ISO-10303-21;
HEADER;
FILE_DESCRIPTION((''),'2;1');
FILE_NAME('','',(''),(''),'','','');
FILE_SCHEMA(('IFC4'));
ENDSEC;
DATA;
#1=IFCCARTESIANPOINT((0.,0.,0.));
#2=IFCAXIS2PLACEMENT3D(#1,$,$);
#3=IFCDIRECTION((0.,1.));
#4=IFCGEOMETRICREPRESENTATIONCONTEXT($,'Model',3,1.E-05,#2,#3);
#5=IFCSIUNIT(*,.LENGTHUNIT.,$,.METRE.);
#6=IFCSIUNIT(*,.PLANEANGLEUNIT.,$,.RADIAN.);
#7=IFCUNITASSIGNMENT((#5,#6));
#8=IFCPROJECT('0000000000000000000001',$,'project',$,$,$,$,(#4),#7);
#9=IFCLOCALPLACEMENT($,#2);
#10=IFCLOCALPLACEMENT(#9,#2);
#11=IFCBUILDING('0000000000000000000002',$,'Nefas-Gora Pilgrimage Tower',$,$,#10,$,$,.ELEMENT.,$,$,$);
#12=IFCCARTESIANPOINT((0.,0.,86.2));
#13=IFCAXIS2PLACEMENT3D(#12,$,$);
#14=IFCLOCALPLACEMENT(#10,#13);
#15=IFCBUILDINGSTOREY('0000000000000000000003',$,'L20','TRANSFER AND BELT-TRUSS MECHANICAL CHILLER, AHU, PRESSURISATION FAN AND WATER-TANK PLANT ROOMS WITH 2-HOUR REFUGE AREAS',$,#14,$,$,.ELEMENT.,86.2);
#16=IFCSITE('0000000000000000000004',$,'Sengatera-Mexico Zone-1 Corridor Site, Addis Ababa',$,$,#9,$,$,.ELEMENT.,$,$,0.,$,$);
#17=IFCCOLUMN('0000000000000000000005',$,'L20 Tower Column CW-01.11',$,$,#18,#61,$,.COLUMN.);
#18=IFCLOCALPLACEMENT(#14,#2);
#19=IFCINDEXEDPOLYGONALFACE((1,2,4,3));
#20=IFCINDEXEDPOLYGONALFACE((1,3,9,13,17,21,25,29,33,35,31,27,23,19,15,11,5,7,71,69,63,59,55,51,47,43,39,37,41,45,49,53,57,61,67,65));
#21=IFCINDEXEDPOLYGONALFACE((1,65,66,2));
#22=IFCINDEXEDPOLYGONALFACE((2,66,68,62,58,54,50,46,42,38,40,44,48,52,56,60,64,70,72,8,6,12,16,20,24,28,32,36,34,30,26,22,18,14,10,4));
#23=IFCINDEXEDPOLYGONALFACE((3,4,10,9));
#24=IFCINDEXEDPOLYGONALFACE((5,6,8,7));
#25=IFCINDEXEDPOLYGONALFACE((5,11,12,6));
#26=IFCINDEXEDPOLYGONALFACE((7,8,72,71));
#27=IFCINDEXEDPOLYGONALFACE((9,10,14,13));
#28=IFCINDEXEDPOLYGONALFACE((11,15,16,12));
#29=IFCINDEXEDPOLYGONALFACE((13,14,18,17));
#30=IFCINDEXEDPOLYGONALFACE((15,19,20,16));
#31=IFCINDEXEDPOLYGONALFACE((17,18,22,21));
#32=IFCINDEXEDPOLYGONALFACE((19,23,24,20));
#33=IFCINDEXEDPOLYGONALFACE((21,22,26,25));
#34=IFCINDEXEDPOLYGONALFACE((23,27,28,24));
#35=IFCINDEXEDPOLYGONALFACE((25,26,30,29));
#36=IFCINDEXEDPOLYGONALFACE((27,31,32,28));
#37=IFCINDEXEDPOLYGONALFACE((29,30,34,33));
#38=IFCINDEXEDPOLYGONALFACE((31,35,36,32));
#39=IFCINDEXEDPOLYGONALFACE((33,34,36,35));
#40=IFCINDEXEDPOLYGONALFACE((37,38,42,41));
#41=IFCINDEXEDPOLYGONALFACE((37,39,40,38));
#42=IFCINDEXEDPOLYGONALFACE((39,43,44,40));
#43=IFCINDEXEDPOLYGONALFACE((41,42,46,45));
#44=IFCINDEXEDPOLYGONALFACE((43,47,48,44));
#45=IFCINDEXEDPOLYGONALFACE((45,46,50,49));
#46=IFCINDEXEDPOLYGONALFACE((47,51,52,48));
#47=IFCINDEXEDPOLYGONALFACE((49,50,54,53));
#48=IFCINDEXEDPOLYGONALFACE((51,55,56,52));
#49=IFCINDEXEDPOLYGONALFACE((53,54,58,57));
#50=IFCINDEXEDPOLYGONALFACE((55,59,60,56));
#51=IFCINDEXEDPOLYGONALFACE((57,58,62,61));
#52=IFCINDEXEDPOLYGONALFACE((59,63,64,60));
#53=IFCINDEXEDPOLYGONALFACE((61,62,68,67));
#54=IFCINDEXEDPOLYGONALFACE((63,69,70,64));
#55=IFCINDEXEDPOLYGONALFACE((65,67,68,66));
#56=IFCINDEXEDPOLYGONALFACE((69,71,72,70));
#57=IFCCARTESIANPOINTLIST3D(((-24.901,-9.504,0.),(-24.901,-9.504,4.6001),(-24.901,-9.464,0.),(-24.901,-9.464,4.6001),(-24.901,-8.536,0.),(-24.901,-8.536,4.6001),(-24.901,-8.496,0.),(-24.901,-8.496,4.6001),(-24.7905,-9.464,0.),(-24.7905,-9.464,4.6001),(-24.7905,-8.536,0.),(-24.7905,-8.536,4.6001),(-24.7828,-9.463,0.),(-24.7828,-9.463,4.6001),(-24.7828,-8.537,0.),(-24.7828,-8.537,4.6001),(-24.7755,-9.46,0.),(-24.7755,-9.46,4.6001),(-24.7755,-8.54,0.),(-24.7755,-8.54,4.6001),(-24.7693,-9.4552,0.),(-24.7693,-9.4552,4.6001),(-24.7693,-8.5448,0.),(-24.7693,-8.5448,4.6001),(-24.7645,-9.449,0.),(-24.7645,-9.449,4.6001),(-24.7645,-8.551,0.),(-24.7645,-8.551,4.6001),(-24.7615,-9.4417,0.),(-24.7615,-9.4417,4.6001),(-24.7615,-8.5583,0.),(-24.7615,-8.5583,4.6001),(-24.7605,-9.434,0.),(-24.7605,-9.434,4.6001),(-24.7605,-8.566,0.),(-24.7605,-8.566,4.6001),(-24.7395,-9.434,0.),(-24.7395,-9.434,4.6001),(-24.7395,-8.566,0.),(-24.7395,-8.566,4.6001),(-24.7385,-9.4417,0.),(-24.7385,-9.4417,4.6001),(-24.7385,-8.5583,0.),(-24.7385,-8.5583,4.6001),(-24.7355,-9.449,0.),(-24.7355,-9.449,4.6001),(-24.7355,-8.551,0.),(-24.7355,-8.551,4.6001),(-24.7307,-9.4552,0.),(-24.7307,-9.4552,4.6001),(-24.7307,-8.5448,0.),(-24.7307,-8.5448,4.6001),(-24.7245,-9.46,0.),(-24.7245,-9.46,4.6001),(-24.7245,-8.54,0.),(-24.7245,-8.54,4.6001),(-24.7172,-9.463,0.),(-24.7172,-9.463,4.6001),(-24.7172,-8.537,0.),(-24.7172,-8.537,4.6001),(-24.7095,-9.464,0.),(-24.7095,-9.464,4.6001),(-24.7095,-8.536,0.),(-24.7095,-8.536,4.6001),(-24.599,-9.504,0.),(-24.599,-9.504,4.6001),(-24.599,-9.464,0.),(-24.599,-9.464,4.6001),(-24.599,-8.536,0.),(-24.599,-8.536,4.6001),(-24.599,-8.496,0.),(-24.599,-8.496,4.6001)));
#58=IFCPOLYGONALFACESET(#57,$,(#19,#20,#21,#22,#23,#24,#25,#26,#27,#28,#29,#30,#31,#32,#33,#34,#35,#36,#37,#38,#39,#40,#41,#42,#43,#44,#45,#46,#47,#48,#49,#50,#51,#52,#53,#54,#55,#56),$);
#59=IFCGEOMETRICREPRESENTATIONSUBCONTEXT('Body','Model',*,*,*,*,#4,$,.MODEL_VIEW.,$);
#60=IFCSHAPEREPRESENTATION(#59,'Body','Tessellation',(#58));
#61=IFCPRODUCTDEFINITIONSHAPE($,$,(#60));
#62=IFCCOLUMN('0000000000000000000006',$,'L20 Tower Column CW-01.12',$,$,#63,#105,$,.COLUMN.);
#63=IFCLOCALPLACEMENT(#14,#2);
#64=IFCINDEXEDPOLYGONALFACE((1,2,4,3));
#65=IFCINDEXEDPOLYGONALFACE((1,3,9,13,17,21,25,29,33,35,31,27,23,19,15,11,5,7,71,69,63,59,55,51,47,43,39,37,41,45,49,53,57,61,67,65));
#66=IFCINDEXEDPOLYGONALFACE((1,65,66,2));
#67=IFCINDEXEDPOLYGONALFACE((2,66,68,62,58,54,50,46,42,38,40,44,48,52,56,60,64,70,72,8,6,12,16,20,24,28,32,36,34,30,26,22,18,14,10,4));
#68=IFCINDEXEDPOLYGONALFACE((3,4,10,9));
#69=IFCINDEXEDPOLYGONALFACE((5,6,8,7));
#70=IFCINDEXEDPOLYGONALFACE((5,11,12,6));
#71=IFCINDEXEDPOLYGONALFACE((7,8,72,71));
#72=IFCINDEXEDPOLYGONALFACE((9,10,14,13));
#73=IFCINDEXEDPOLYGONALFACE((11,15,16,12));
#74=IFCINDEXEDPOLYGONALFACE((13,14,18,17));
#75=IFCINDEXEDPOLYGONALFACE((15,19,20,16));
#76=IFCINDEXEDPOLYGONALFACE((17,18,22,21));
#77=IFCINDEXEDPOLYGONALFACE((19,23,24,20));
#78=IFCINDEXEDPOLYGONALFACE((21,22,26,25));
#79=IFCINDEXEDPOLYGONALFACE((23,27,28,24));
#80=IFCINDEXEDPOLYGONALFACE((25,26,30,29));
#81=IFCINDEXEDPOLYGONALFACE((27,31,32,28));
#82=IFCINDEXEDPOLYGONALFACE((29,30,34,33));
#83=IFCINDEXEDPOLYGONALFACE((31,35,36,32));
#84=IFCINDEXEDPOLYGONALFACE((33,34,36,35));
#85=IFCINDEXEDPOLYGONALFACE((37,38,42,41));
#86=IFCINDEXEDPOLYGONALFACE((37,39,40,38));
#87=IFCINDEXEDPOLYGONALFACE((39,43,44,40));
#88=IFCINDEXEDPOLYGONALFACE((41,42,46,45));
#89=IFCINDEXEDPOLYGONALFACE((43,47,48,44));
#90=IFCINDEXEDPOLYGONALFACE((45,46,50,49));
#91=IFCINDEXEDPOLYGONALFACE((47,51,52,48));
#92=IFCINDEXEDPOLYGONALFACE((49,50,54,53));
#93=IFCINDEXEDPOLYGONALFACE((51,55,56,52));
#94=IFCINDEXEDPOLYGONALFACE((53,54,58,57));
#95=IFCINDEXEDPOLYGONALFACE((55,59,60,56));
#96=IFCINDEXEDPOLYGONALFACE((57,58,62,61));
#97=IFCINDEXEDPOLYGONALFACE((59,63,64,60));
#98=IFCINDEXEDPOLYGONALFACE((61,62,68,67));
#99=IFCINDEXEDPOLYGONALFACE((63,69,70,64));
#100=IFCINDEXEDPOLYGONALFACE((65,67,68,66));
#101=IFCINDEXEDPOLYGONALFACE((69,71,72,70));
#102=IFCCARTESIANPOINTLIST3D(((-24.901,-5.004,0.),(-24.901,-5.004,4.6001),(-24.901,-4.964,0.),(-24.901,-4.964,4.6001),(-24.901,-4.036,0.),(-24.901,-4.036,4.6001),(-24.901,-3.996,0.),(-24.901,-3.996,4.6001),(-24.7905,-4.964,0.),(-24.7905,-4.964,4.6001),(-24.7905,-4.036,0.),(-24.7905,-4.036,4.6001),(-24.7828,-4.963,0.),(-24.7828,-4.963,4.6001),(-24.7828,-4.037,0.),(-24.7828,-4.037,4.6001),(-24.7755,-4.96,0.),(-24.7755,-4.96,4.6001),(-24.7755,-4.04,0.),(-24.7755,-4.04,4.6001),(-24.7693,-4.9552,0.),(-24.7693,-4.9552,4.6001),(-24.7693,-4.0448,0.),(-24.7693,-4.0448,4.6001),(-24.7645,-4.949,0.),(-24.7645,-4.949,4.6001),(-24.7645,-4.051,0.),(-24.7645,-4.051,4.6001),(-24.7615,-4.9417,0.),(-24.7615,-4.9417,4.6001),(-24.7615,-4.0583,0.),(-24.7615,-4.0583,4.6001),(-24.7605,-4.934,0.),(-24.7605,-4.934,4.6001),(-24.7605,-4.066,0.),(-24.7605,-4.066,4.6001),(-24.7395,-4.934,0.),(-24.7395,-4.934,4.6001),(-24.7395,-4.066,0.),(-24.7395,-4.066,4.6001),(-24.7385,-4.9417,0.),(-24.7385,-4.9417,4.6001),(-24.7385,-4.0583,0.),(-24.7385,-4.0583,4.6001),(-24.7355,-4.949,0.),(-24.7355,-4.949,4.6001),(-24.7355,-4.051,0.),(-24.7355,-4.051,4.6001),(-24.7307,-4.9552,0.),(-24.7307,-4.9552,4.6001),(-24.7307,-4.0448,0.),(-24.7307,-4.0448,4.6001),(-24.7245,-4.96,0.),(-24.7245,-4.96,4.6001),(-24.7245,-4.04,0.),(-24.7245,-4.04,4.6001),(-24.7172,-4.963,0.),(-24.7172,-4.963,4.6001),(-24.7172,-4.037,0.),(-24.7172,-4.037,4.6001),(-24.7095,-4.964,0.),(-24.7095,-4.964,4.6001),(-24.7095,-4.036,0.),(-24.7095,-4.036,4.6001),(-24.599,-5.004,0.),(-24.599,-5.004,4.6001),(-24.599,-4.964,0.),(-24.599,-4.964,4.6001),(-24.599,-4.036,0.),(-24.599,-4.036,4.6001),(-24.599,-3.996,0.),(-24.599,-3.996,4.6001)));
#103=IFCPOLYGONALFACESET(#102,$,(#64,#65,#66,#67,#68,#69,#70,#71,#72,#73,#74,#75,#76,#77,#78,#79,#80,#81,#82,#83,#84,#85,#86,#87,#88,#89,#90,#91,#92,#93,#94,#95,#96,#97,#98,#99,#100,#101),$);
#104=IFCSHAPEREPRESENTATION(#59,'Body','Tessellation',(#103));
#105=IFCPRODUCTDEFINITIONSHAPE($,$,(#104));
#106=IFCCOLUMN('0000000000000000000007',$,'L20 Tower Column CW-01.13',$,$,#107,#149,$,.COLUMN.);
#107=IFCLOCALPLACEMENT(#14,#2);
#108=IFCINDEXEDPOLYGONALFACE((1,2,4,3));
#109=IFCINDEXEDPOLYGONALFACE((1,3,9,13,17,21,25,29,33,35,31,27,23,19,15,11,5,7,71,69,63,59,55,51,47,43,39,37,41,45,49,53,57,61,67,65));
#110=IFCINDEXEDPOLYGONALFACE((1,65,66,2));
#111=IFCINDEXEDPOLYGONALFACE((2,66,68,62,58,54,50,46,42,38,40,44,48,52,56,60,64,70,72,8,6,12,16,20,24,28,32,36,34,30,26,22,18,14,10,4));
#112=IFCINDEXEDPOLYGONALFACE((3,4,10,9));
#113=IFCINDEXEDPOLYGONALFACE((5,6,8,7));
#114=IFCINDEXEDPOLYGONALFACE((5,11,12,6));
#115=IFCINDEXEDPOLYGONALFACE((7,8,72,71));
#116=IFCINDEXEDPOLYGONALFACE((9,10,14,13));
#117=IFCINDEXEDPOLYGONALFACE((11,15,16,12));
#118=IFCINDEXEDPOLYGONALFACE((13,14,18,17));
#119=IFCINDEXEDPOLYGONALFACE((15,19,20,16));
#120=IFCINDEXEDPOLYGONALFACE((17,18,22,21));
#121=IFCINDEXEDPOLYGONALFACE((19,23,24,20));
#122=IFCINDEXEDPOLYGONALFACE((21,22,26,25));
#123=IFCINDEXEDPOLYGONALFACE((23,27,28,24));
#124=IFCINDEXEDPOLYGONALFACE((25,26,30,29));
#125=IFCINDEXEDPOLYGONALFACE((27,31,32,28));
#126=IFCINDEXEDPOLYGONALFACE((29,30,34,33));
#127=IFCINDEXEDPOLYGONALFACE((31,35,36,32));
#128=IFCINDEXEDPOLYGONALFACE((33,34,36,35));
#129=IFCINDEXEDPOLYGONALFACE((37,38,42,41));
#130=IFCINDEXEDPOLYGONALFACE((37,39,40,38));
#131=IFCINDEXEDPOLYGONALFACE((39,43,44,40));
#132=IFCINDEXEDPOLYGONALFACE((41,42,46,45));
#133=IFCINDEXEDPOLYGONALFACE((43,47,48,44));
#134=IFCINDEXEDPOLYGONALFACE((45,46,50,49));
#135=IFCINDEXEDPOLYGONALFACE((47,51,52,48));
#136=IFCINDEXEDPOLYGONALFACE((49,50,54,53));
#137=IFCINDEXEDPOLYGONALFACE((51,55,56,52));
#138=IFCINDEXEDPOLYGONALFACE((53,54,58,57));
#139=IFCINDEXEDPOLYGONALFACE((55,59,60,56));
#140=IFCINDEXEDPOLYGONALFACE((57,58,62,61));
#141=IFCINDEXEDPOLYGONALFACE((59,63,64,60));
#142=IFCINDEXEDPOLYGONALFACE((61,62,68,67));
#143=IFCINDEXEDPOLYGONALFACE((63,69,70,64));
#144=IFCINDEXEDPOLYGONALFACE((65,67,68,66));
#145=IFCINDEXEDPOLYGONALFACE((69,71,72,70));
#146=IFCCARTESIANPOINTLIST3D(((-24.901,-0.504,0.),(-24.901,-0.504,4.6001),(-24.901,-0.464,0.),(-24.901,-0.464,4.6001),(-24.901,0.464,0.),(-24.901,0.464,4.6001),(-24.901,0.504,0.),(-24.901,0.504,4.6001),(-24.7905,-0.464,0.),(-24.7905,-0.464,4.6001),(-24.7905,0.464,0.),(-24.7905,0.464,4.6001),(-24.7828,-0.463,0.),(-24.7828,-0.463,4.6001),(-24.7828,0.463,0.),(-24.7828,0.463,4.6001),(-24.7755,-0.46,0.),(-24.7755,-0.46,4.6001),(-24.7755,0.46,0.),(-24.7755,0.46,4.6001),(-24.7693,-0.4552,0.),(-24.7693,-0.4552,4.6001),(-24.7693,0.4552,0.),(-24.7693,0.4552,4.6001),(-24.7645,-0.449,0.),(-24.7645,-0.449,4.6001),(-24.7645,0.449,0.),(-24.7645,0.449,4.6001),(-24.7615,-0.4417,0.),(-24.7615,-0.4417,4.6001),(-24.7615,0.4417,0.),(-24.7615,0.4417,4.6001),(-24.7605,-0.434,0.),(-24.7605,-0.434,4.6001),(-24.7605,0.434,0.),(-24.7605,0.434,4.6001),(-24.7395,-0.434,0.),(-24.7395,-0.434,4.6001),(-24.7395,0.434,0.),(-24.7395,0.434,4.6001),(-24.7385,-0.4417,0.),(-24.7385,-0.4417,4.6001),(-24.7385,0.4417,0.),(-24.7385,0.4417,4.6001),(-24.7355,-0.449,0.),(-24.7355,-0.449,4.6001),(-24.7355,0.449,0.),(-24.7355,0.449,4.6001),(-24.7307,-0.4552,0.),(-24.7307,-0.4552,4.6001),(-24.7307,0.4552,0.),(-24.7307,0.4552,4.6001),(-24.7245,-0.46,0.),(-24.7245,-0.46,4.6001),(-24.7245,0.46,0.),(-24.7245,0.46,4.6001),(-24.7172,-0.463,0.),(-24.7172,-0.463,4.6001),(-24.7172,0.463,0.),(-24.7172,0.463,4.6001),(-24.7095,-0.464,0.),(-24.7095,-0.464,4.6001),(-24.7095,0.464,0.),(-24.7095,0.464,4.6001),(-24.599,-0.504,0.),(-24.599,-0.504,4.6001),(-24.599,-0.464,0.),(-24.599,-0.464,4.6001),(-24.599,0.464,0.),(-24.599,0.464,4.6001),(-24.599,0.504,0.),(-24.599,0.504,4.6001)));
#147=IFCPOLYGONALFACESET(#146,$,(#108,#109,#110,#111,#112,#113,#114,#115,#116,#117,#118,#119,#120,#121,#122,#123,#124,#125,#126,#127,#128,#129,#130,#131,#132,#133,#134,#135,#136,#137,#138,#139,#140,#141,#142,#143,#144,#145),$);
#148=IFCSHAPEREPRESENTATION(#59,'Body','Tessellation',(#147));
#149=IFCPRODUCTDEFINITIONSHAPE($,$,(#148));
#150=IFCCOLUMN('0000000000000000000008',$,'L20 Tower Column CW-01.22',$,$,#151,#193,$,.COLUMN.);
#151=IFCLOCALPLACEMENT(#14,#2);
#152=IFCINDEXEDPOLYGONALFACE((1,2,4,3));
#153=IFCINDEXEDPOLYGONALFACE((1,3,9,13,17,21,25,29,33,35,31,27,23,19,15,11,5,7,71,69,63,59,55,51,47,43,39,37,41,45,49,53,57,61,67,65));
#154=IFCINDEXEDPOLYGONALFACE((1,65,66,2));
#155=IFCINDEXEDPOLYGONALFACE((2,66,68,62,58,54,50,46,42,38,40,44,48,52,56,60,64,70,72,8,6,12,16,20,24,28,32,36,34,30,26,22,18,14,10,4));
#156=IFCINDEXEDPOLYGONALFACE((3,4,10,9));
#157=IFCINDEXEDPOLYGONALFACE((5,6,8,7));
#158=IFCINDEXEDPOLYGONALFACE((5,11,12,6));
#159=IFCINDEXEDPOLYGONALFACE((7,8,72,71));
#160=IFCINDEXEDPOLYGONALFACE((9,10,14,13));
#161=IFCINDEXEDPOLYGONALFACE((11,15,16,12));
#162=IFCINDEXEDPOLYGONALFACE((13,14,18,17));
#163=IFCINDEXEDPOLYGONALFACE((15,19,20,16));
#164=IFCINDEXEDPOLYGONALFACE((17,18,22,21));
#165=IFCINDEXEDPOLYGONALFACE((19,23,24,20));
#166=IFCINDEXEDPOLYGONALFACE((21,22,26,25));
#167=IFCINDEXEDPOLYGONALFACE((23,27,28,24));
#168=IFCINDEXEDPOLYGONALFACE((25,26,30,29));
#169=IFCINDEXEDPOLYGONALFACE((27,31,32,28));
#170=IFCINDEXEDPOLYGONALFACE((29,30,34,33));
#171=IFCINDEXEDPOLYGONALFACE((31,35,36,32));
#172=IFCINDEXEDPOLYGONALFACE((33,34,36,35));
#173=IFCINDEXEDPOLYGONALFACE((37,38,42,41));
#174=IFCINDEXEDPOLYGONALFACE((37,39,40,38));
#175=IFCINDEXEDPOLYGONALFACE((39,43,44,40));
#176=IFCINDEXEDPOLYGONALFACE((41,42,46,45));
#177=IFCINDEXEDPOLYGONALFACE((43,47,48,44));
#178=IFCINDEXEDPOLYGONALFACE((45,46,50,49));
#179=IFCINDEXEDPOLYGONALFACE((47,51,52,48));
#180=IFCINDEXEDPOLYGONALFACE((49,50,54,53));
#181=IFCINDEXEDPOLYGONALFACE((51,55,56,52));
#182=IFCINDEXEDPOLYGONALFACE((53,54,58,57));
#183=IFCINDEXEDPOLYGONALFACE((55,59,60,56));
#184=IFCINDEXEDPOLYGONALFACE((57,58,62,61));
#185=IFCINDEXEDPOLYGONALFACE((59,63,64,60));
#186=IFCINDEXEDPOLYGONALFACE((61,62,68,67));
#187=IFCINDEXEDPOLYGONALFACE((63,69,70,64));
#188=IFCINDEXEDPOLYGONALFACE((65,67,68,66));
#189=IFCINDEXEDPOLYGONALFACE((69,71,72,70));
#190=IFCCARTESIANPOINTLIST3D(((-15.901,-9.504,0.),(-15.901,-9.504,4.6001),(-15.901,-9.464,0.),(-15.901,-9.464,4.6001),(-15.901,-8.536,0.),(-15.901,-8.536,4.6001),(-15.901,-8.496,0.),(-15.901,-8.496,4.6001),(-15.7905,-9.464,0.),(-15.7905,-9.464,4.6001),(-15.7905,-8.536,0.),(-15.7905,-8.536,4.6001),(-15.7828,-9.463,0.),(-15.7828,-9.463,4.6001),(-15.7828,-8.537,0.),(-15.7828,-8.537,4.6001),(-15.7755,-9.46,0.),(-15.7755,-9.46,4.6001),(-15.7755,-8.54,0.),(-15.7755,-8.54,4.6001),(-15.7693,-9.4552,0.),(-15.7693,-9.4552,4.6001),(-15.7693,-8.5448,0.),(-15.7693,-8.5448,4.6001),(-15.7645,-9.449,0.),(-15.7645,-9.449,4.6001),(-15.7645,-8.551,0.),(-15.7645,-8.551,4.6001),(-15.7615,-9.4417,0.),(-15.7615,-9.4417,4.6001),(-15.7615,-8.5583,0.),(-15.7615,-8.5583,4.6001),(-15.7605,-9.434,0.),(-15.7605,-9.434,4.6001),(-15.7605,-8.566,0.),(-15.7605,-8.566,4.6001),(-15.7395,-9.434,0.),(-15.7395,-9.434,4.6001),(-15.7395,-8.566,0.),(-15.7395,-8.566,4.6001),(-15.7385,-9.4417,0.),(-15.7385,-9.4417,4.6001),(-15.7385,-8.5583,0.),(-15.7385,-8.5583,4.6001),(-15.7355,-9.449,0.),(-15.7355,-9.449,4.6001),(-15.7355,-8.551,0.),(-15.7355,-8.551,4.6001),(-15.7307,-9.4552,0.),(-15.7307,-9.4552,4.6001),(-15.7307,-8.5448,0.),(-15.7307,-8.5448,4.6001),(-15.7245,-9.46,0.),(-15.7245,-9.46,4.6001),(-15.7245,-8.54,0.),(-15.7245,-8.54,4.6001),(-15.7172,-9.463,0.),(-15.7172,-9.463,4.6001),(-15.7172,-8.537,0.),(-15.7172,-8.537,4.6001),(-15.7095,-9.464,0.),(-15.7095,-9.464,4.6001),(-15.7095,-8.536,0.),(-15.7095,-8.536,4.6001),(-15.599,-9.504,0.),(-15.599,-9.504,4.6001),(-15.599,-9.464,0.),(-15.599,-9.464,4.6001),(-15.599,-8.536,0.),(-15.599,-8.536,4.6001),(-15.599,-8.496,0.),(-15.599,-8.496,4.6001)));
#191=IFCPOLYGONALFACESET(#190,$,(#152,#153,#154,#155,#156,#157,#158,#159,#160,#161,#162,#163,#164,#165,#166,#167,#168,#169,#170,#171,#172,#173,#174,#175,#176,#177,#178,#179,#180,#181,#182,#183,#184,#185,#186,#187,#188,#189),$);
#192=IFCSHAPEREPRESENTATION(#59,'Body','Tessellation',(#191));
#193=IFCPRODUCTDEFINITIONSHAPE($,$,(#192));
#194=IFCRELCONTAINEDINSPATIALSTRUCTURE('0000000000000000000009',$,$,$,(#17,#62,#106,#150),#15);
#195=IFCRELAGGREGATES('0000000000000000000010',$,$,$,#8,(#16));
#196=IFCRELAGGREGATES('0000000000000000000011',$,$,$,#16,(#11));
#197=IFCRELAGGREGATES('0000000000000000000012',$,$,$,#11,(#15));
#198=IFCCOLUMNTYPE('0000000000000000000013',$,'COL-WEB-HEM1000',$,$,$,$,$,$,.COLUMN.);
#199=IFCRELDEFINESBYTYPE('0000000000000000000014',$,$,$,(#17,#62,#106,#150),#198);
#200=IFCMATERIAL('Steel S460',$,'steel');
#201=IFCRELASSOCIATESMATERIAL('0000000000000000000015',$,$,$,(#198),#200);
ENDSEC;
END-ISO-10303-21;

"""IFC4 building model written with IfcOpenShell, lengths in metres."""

from ifc_helpers import new_model, si_unit, direction, frame, origin, origin_2d, place, context, subcontext, project, spatial, i_section, extrude, source, transform, mapped, material, material_profile, profile_set, type_object, element, save


model = new_model("IFC4")

# Units and contexts
model_context = context("Model", 3, precision=1e-05, world=origin(), true_north=direction((0.0, 1.0)))
body_context = subcontext(model_context, "Body", "Model", "MODEL_VIEW")
ifc_project = project(units=[si_unit("LENGTHUNIT", "METRE"), si_unit("PLANEANGLEUNIT", "RADIAN")], contexts=[model_context])

# Site, building, storey
site_placement = place(None, origin())
site = spatial("IfcSite", under=ifc_project, at=site_placement, Name="Sengatera-Mexico Zone-1 Corridor Site, Addis Ababa", CompositionType="ELEMENT", RefElevation=0.0)
building_placement = place(site_placement, origin())
building = spatial("IfcBuilding", under=site, at=building_placement, Name="Nefas-Gora Pilgrimage Tower", CompositionType="ELEMENT")
storey_placement = place(building_placement, frame((0.0, 0.0, 86.2)))
storey = spatial("IfcBuildingStorey", under=building, at=storey_placement, Name="L20", Description="TRANSFER AND BELT-TRUSS MECHANICAL CHILLER, AHU, PRESSURISATION FAN AND WATER-TANK PLANT ROOMS WITH 2-HOUR REFUGE AREAS", CompositionType="ELEMENT", Elevation=86.2)

# Columns
ifc_material_1 = material(Name="Steel S460", Category="steel")
ifc_material_profile_1 = material_profile(ifc_material_1, i_section(OverallWidth=0.302, OverallDepth=1.0081, WebThickness=0.021, FlangeThickness=0.04, FilletRadius=0.03, at=origin_2d()), Name="HEM 1000")
ifc_profile_set_1 = profile_set([ifc_material_profile_1], Name="Steel S460")
column_type_1 = type_object("IfcColumnType", Name="COL-WEB-HEM1000", PredefinedType="COLUMN", material=ifc_profile_set_1)
shared_shape_1 = source(origin(), body_context, "Body", "SweptSolid", [
    extrude(i_section(OverallWidth=0.302, OverallDepth=1.0081, WebThickness=0.021, FlangeThickness=0.04, FilletRadius=0.03, at=origin_2d()), origin(), (0.0, 0.0, 1.0), 4.6001),
])
for number, where, z_axis, x_axis, name in (
    (1, (-24.75, -9.0, 0.0), (0.0, 0.0, 1.0), (1.0, 0.0, 0.0), "L20 Tower Column CW-01.11"),
    (2, (-24.75, -4.5, 0.0), (0.0, 0.0, 1.0), (1.0, 0.0, 0.0), "L20 Tower Column CW-01.12"),
    (3, (-24.75, 0.0, 0.0), (0.0, 0.0, 1.0), (1.0, 0.0, 0.0), "L20 Tower Column CW-01.13"),
    (4, (-15.75, -9.0, 0.0), (0.0, 0.0, 1.0), (1.0, 0.0, 0.0), "L20 Tower Column CW-01.22"),
):
    element("IfcColumn", number, at=place(storey_placement, frame(where, z_axis=z_axis, x_axis=x_axis)), inside=storey, type_object=column_type_1, Name=name, PredefinedType="COLUMN", context=body_context, shape_type="MappedRepresentation", body=[
        mapped(shared_shape_1, transform((0.0, 0.0, 0.0), x_axis=(1.0, 0.0, 0.0), y_axis=(0.0, 1.0, 0.0), z_axis=(0.0, 0.0, 1.0), scale=1.0)),
    ])

save(model, "model.ifc")
